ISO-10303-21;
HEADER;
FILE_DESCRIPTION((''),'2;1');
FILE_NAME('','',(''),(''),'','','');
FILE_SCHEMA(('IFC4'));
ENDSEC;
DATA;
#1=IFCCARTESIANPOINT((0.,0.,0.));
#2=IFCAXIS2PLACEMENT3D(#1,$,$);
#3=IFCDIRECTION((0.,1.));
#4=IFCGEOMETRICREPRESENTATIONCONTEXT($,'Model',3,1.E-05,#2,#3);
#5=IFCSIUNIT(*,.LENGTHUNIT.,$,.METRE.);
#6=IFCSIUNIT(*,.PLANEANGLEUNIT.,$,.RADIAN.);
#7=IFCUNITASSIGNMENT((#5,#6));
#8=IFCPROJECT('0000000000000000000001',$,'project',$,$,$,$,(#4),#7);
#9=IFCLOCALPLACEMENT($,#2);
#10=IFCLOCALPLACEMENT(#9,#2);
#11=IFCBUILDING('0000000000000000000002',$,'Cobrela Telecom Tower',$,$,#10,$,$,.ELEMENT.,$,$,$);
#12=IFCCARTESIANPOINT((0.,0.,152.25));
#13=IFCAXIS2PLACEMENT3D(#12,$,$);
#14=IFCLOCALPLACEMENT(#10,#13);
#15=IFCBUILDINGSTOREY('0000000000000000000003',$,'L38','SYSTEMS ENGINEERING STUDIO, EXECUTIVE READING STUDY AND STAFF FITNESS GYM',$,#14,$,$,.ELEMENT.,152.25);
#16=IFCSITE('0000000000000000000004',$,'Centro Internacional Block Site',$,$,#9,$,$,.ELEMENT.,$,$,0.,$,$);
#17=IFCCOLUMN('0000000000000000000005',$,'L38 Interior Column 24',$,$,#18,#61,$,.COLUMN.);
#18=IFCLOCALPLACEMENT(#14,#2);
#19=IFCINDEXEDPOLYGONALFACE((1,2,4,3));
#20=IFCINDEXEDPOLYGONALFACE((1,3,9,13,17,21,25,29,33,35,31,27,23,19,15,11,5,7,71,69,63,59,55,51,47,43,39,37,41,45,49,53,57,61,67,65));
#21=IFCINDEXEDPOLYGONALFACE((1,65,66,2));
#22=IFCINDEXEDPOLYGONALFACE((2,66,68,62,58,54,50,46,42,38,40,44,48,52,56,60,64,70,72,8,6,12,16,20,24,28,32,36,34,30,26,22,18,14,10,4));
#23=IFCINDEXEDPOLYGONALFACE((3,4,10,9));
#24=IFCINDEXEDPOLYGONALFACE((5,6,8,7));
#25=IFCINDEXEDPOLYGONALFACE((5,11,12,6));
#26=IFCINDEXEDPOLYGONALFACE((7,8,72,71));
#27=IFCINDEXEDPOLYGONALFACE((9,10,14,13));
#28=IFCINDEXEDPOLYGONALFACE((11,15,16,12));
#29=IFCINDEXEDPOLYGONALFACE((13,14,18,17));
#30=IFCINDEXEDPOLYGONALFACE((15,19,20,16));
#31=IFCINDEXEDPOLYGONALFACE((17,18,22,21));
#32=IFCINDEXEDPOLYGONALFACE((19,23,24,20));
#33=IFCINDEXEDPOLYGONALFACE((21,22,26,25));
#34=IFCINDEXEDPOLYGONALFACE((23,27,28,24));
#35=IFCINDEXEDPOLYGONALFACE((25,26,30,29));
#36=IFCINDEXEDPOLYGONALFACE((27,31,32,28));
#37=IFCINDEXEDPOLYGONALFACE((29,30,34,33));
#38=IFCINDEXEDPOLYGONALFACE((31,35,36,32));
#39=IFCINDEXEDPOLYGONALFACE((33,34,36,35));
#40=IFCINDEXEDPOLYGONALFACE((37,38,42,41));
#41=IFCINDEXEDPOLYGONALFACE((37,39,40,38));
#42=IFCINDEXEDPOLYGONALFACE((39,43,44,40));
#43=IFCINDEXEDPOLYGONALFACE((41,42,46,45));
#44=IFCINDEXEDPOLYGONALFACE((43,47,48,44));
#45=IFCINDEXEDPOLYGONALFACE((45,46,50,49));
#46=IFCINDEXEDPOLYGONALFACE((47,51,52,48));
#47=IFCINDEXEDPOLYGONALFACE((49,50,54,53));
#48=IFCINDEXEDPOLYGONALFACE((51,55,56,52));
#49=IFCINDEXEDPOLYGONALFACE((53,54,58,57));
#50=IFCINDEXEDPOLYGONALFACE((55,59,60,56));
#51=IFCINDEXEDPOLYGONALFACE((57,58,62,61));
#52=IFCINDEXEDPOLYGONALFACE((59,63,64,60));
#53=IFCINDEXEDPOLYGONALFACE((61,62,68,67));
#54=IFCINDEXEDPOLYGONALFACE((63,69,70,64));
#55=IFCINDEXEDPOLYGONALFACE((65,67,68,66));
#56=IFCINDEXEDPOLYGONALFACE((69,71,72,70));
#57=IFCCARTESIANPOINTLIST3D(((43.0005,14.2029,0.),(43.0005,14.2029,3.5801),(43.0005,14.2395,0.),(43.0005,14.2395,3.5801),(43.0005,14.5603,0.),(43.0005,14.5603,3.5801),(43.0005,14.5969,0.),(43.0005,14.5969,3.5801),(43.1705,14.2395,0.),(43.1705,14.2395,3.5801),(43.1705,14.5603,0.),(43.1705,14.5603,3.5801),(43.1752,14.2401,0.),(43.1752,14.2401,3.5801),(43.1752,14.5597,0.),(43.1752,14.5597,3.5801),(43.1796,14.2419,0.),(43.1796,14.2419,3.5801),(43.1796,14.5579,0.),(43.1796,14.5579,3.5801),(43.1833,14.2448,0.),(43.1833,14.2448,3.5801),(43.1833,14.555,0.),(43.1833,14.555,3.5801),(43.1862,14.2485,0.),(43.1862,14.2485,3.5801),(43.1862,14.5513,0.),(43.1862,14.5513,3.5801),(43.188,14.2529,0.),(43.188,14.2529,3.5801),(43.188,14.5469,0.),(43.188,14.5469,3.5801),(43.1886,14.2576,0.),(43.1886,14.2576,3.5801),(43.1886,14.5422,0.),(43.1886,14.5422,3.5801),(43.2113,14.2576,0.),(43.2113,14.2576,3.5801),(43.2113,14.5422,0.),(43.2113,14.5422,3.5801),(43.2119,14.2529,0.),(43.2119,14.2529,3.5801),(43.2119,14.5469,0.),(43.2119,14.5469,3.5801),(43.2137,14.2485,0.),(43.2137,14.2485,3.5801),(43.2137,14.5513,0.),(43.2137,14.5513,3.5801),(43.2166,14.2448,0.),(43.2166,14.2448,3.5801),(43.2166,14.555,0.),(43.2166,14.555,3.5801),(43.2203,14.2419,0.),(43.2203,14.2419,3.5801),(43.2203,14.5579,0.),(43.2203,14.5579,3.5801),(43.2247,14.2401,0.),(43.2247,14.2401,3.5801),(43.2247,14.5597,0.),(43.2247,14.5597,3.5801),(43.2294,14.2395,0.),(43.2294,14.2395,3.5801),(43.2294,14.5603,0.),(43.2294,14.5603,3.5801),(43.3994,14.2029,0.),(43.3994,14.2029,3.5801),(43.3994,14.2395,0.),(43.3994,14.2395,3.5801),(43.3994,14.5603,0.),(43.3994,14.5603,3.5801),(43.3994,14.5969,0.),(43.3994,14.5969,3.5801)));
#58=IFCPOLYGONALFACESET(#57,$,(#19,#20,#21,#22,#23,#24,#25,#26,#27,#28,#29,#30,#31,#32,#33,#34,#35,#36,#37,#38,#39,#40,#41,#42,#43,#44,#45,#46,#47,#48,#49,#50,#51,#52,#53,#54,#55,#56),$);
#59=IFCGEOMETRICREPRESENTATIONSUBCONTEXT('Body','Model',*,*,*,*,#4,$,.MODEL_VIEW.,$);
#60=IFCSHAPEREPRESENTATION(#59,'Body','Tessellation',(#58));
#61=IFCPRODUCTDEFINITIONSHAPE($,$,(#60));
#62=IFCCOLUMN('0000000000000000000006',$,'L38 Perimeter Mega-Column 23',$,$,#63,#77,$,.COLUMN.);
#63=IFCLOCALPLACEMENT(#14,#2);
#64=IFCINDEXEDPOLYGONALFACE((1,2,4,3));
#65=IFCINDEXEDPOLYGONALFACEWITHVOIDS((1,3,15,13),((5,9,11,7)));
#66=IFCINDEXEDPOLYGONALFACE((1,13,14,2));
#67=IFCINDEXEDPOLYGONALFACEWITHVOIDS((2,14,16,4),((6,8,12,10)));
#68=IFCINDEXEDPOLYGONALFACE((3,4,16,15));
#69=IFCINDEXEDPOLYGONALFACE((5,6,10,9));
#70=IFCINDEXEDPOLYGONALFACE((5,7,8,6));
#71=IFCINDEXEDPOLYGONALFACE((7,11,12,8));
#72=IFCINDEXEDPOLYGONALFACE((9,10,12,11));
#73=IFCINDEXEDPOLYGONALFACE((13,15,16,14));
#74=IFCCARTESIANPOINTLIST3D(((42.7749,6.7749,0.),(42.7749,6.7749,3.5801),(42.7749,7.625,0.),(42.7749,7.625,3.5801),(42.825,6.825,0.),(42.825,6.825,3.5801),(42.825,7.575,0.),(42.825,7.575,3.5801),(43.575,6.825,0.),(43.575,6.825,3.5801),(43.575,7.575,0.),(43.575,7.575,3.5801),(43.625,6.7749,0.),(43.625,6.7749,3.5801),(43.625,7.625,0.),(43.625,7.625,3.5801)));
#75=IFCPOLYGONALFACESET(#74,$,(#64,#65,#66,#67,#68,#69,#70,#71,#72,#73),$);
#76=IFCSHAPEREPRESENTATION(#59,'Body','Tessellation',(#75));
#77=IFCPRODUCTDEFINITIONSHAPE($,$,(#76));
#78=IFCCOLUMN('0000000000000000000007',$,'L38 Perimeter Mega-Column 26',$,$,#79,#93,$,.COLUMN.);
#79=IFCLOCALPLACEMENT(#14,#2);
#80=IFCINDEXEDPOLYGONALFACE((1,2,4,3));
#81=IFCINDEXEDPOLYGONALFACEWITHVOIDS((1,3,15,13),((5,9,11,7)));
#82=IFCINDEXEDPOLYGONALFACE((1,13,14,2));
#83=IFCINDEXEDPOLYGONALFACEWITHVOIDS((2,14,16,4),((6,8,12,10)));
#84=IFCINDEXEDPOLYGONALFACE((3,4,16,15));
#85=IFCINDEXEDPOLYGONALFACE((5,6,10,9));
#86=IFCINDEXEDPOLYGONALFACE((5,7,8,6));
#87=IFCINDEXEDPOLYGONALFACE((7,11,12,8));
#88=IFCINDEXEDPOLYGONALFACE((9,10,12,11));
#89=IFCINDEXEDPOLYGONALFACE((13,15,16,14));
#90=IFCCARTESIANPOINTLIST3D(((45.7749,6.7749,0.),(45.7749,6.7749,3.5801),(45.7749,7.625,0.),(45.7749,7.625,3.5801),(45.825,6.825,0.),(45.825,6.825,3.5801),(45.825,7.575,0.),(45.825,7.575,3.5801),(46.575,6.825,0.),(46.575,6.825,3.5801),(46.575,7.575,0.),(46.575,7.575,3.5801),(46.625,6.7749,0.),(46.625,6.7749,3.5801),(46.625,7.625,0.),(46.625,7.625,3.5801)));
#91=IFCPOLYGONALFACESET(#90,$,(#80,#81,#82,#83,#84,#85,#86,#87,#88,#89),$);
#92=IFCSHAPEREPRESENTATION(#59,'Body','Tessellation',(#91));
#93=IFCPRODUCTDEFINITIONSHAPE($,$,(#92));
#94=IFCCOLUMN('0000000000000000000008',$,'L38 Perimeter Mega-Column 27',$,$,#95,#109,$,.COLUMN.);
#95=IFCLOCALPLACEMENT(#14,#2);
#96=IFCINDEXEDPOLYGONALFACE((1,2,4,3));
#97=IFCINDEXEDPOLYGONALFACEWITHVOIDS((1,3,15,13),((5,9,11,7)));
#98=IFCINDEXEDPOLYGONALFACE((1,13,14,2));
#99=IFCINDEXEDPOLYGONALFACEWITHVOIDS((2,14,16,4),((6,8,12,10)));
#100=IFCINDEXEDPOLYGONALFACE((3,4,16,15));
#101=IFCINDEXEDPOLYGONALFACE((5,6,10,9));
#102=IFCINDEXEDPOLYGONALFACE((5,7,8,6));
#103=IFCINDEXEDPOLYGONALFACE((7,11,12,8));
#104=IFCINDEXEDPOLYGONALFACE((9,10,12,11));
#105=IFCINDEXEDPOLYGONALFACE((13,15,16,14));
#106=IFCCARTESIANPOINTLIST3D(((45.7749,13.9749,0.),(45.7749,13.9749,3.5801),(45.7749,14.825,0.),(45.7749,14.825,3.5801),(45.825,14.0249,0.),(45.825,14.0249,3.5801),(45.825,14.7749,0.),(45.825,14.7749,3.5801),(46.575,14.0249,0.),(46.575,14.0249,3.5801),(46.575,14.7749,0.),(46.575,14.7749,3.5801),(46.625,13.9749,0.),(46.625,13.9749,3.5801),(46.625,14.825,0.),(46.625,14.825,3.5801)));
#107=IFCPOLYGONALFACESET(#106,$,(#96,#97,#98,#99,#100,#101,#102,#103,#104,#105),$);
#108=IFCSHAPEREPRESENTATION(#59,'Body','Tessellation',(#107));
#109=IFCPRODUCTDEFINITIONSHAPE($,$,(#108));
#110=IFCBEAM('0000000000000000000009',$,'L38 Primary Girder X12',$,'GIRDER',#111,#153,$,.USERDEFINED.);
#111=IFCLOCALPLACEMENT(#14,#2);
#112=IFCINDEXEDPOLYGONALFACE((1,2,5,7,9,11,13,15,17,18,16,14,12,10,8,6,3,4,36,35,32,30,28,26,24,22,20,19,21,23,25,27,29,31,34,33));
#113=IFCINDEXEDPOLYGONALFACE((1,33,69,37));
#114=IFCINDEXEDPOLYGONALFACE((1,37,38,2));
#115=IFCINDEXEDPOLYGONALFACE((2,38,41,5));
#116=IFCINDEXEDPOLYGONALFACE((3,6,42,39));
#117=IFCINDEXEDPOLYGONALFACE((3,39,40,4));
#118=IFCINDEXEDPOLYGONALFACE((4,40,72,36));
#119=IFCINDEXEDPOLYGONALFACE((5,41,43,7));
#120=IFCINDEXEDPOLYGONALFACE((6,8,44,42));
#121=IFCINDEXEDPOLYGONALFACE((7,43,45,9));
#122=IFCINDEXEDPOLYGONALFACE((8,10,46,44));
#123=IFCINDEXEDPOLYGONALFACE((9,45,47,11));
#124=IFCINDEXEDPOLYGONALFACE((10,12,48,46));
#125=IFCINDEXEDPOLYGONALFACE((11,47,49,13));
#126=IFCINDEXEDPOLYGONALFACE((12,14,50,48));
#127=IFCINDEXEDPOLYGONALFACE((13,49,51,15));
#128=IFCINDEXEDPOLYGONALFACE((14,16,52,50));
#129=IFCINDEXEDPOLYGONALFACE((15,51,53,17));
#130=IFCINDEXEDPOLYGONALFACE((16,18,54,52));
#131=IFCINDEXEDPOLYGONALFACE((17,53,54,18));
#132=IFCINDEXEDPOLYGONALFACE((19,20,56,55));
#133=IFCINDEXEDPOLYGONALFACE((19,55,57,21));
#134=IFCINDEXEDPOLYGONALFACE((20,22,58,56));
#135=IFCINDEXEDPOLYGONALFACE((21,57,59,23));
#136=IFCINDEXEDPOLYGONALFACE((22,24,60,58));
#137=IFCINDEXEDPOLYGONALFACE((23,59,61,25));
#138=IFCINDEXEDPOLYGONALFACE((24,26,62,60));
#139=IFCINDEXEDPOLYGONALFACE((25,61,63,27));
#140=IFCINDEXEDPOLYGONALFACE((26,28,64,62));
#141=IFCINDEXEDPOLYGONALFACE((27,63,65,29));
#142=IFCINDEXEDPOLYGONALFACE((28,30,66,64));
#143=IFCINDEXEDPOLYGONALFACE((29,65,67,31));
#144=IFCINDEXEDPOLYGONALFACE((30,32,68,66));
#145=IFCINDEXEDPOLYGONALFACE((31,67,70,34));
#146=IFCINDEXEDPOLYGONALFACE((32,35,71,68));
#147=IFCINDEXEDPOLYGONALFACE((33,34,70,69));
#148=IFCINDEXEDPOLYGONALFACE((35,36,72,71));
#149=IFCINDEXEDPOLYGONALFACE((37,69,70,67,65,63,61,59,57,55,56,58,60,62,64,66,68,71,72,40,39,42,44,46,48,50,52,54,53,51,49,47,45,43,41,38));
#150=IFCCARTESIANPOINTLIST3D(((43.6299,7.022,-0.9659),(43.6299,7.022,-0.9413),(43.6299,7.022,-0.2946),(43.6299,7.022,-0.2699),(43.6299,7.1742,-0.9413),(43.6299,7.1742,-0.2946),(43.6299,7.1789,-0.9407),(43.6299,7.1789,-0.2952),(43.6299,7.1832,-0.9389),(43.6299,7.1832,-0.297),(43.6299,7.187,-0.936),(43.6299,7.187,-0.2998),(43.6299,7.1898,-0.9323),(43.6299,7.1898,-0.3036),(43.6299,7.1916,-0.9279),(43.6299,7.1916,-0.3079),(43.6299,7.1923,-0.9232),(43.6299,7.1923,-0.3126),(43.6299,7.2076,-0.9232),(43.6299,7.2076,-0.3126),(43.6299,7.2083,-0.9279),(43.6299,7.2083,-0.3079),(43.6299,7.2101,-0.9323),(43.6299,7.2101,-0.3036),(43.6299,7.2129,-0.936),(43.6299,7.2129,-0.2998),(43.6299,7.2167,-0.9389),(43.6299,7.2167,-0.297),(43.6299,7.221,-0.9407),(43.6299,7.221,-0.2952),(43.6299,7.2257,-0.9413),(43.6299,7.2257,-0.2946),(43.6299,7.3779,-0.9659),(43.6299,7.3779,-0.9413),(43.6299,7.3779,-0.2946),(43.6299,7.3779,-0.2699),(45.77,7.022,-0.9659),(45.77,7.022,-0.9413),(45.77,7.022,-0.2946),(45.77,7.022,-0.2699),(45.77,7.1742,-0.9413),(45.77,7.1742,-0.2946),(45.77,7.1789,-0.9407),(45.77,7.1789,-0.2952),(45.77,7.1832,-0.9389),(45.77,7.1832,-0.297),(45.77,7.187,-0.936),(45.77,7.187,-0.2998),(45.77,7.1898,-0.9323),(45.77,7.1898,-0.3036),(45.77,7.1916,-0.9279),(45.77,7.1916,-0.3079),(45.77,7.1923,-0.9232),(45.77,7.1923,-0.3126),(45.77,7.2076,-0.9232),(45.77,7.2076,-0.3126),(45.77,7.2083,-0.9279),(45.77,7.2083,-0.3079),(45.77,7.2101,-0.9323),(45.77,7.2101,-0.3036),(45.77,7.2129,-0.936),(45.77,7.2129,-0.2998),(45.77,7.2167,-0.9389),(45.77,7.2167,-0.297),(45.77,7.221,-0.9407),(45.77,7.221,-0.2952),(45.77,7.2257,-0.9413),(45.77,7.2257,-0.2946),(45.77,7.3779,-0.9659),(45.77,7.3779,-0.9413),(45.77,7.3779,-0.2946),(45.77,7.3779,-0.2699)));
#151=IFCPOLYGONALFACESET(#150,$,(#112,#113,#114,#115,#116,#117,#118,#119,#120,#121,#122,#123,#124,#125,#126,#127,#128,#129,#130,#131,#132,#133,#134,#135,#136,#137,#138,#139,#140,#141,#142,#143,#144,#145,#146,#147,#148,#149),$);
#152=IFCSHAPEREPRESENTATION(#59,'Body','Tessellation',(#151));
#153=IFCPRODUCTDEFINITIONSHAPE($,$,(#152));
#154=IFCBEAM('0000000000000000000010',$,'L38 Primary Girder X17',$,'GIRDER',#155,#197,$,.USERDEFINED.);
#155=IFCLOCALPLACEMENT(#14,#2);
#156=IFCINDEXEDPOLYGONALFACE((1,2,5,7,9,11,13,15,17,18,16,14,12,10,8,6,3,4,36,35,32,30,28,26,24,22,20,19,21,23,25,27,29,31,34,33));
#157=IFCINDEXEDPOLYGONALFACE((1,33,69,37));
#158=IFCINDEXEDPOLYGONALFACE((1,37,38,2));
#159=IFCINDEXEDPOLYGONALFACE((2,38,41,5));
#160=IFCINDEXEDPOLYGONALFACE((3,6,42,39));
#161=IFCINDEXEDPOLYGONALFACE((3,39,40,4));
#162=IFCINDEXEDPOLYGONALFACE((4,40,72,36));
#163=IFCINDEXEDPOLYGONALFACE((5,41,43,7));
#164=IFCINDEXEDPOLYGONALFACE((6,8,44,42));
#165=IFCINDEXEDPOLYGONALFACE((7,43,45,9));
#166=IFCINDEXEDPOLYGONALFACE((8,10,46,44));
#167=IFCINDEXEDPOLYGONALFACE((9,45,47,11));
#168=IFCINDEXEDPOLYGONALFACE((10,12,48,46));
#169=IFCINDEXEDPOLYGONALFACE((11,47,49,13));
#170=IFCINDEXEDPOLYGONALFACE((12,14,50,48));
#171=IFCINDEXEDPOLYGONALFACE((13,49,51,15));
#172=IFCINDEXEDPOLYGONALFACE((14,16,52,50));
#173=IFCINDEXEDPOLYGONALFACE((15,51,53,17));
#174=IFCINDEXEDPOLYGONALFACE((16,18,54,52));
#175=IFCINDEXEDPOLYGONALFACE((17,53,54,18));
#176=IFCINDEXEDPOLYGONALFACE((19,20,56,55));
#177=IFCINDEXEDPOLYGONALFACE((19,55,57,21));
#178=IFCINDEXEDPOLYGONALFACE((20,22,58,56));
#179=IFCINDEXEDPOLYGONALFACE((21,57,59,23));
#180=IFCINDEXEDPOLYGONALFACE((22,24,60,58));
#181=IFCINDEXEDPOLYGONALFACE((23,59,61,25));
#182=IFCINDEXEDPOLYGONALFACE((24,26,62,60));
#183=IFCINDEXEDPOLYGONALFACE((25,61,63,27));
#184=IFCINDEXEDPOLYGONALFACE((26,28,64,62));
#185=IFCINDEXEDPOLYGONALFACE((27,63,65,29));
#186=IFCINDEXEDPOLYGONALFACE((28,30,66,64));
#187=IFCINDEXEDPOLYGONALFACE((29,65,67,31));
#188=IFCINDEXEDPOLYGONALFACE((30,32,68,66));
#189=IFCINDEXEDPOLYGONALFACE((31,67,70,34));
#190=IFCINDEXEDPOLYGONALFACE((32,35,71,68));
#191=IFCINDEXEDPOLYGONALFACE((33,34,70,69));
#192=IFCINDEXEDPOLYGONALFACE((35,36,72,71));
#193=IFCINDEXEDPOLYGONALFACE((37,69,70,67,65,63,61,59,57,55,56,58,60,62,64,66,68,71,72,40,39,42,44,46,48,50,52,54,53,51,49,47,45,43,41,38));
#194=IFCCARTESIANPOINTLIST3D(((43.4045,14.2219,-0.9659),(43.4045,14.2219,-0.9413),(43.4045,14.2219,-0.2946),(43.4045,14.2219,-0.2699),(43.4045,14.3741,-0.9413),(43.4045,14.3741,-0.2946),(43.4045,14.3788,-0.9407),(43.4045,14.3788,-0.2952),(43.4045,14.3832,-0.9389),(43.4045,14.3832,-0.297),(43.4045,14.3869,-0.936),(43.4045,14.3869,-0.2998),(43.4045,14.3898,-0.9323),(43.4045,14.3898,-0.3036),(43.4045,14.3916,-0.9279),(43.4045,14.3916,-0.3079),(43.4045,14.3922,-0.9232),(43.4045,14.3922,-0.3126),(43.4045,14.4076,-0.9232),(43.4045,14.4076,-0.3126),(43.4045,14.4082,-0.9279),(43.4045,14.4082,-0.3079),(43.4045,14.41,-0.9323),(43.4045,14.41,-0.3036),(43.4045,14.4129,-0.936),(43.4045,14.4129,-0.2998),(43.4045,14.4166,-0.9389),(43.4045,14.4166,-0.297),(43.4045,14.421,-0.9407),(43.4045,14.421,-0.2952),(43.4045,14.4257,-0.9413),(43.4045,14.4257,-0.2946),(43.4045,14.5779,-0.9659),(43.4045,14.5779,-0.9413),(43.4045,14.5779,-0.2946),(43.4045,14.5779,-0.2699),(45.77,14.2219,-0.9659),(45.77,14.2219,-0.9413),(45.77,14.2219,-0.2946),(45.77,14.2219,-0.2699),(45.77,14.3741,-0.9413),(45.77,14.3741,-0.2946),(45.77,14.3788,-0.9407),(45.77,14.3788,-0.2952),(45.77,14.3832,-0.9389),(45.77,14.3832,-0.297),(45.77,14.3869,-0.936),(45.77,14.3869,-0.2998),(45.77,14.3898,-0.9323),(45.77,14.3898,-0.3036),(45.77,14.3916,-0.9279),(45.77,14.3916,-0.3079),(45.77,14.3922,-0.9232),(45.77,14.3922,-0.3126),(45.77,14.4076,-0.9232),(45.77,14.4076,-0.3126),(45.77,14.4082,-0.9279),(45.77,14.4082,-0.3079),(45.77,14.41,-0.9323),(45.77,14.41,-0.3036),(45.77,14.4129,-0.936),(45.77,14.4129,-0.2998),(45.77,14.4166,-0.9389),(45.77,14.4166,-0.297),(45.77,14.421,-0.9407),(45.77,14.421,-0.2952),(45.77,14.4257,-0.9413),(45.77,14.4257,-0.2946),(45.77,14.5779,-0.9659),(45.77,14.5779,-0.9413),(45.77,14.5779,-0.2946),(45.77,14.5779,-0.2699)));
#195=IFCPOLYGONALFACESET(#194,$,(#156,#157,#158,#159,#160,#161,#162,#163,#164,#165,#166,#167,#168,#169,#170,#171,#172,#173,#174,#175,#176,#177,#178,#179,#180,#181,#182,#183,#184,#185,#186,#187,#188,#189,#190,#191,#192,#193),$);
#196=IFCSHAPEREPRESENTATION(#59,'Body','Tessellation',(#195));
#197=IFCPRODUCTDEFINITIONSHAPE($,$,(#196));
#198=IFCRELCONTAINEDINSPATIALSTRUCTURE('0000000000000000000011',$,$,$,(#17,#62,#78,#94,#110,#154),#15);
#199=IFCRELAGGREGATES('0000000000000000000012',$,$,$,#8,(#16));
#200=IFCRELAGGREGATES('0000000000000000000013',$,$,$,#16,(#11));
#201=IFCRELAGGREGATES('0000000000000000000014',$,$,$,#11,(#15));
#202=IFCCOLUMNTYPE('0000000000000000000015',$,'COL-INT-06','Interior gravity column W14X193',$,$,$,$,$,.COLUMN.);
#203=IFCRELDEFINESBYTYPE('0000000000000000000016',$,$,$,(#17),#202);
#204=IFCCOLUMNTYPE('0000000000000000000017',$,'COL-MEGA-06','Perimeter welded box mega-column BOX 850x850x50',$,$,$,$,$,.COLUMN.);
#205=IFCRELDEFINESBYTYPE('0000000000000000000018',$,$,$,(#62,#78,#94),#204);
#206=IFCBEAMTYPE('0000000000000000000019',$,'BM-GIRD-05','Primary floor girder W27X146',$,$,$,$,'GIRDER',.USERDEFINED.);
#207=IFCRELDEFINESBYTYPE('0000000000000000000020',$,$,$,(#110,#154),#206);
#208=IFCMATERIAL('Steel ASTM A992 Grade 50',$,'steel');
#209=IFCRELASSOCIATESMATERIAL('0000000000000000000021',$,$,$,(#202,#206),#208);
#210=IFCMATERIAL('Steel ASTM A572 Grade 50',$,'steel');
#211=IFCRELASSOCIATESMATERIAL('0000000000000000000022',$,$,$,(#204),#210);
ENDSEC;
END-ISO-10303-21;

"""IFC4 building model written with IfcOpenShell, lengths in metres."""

from ifc_helpers import new_model, si_unit, direction, frame, origin, origin_2d, place, context, subcontext, project, spatial, hollow_rectangle, i_section, extrude, material, material_profile, profile_set, type_object, element, save


model = new_model("IFC4")

# Units and contexts
model_context = context("Model", 3, precision=1e-05, world=origin(), true_north=direction((0.0, 1.0)))
body_context = subcontext(model_context, "Body", "Model", "MODEL_VIEW")
ifc_project = project(units=[si_unit("LENGTHUNIT", "METRE"), si_unit("PLANEANGLEUNIT", "RADIAN")], contexts=[model_context])

# Site, building, storey
site_placement = place(None, origin())
site = spatial("IfcSite", under=ifc_project, at=site_placement, Name="Centro Internacional Block Site", CompositionType="ELEMENT", RefElevation=0.0)
building_placement = place(site_placement, origin())
building = spatial("IfcBuilding", under=site, at=building_placement, Name="Cobrela Telecom Tower", CompositionType="ELEMENT")
storey_placement = place(building_placement, frame((0.0, 0.0, 152.25)))
storey = spatial("IfcBuildingStorey", under=building, at=storey_placement, Name="L38", Description="SYSTEMS ENGINEERING STUDIO, EXECUTIVE READING STUDY AND STAFF FITNESS GYM", CompositionType="ELEMENT", Elevation=152.25)

# Columns
ifc_material_1 = material(Name="Steel ASTM A992 Grade 50", Category="steel")
ifc_material_profile_1 = material_profile(ifc_material_1, i_section(OverallWidth=0.3989, OverallDepth=0.394, WebThickness=0.0227, FlangeThickness=0.0366, FilletRadius=0.0181, at=origin_2d()), Name="W14X193")
ifc_profile_set_1 = profile_set([ifc_material_profile_1], Name="Steel ASTM A992 Grade 50")
column_type_1 = type_object("IfcColumnType", Name="COL-INT-06", Description="Interior gravity column W14X193", PredefinedType="COLUMN", material=ifc_profile_set_1)
column_placement = place(storey_placement, frame((43.2, 14.3999, 0.0), z_axis=(0.0, 0.0, 1.0), x_axis=(1.0, 0.0, 0.0)))
element("IfcColumn", 1, at=column_placement, inside=storey, type_object=column_type_1, Name="L38 Interior Column 24", PredefinedType="COLUMN", context=body_context, shape_type="SweptSolid", body=[
    extrude(i_section(OverallWidth=0.3989, OverallDepth=0.394, WebThickness=0.0227, FlangeThickness=0.0366, FilletRadius=0.0181, at=origin_2d()), origin(), (0.0, 0.0, 1.0), 3.5801),
])
ifc_material_2 = material(Name="Steel ASTM A572 Grade 50", Category="steel")
ifc_material_profile_2 = material_profile(ifc_material_2, hollow_rectangle(XDim=0.8501, YDim=0.8501, WallThickness=0.05, at=origin_2d()), Name="BOX 850x850x50")
ifc_profile_set_2 = profile_set([ifc_material_profile_2], Name="Steel ASTM A572 Grade 50")
column_type_2 = type_object("IfcColumnType", Name="COL-MEGA-06", Description="Perimeter welded box mega-column BOX 850x850x50", PredefinedType="COLUMN", material=ifc_profile_set_2)
for number, where, z_axis, x_axis, name in (
    (2, (43.2, 7.2, 0.0), (0.0, 0.0, 1.0), (1.0, 0.0, 0.0), "L38 Perimeter Mega-Column 23"),
    (3, (46.2, 7.2, 0.0), (0.0, 0.0, 1.0), (1.0, 0.0, 0.0), "L38 Perimeter Mega-Column 26"),
    (4, (46.2, 14.3999, 0.0), (0.0, 0.0, 1.0), (1.0, 0.0, 0.0), "L38 Perimeter Mega-Column 27"),
):
    element("IfcColumn", number, at=place(storey_placement, frame(where, z_axis=z_axis, x_axis=x_axis)), inside=storey, type_object=column_type_2, Name=name, PredefinedType="COLUMN", context=body_context, shape_type="SweptSolid", body=[
        extrude(hollow_rectangle(XDim=0.8501, YDim=0.8501, WallThickness=0.05, at=origin_2d()), origin(), (0.0, 0.0, 1.0), 3.5801),
    ])

# Beams
ifc_material_profile_3 = material_profile(ifc_material_1, i_section(OverallWidth=0.356, OverallDepth=0.696, WebThickness=0.0154, FlangeThickness=0.0247, FilletRadius=0.0181, at=origin_2d()), Name="W27X146")
ifc_profile_set_3 = profile_set([ifc_material_profile_3], Name="Steel ASTM A992 Grade 50")
beam_type_1 = type_object("IfcBeamType", Name="BM-GIRD-05", Description="Primary floor girder W27X146", ElementType="GIRDER", PredefinedType="USERDEFINED", material=ifc_profile_set_3)
beam_1_placement = place(storey_placement, frame((43.6299, 7.2, -0.6179), z_axis=(1.0, 0.0, 0.0), x_axis=(0.0, 1.0, 0.0)))
element("IfcBeam", 5, at=beam_1_placement, inside=storey, type_object=beam_type_1, Name="L38 Primary Girder X12", ObjectType="GIRDER", PredefinedType="USERDEFINED", context=body_context, shape_type="SweptSolid", body=[
    extrude(i_section(OverallWidth=0.356, OverallDepth=0.696, WebThickness=0.0154, FlangeThickness=0.0247, FilletRadius=0.0181, at=origin_2d()), origin(), (0.0, 0.0, 1.0), 2.1401),
])
beam_2_placement = place(storey_placement, frame((43.4045, 14.3999, -0.6179), z_axis=(1.0, 0.0, 0.0), x_axis=(0.0, 1.0, 0.0)))
element("IfcBeam", 6, at=beam_2_placement, inside=storey, type_object=beam_type_1, Name="L38 Primary Girder X17", ObjectType="GIRDER", PredefinedType="USERDEFINED", context=body_context, shape_type="SweptSolid", body=[
    extrude(i_section(OverallWidth=0.356, OverallDepth=0.696, WebThickness=0.0154, FlangeThickness=0.0247, FilletRadius=0.0181, at=origin_2d()), origin(), (0.0, 0.0, 1.0), 2.3655),
])

save(model, "model.ifc")
